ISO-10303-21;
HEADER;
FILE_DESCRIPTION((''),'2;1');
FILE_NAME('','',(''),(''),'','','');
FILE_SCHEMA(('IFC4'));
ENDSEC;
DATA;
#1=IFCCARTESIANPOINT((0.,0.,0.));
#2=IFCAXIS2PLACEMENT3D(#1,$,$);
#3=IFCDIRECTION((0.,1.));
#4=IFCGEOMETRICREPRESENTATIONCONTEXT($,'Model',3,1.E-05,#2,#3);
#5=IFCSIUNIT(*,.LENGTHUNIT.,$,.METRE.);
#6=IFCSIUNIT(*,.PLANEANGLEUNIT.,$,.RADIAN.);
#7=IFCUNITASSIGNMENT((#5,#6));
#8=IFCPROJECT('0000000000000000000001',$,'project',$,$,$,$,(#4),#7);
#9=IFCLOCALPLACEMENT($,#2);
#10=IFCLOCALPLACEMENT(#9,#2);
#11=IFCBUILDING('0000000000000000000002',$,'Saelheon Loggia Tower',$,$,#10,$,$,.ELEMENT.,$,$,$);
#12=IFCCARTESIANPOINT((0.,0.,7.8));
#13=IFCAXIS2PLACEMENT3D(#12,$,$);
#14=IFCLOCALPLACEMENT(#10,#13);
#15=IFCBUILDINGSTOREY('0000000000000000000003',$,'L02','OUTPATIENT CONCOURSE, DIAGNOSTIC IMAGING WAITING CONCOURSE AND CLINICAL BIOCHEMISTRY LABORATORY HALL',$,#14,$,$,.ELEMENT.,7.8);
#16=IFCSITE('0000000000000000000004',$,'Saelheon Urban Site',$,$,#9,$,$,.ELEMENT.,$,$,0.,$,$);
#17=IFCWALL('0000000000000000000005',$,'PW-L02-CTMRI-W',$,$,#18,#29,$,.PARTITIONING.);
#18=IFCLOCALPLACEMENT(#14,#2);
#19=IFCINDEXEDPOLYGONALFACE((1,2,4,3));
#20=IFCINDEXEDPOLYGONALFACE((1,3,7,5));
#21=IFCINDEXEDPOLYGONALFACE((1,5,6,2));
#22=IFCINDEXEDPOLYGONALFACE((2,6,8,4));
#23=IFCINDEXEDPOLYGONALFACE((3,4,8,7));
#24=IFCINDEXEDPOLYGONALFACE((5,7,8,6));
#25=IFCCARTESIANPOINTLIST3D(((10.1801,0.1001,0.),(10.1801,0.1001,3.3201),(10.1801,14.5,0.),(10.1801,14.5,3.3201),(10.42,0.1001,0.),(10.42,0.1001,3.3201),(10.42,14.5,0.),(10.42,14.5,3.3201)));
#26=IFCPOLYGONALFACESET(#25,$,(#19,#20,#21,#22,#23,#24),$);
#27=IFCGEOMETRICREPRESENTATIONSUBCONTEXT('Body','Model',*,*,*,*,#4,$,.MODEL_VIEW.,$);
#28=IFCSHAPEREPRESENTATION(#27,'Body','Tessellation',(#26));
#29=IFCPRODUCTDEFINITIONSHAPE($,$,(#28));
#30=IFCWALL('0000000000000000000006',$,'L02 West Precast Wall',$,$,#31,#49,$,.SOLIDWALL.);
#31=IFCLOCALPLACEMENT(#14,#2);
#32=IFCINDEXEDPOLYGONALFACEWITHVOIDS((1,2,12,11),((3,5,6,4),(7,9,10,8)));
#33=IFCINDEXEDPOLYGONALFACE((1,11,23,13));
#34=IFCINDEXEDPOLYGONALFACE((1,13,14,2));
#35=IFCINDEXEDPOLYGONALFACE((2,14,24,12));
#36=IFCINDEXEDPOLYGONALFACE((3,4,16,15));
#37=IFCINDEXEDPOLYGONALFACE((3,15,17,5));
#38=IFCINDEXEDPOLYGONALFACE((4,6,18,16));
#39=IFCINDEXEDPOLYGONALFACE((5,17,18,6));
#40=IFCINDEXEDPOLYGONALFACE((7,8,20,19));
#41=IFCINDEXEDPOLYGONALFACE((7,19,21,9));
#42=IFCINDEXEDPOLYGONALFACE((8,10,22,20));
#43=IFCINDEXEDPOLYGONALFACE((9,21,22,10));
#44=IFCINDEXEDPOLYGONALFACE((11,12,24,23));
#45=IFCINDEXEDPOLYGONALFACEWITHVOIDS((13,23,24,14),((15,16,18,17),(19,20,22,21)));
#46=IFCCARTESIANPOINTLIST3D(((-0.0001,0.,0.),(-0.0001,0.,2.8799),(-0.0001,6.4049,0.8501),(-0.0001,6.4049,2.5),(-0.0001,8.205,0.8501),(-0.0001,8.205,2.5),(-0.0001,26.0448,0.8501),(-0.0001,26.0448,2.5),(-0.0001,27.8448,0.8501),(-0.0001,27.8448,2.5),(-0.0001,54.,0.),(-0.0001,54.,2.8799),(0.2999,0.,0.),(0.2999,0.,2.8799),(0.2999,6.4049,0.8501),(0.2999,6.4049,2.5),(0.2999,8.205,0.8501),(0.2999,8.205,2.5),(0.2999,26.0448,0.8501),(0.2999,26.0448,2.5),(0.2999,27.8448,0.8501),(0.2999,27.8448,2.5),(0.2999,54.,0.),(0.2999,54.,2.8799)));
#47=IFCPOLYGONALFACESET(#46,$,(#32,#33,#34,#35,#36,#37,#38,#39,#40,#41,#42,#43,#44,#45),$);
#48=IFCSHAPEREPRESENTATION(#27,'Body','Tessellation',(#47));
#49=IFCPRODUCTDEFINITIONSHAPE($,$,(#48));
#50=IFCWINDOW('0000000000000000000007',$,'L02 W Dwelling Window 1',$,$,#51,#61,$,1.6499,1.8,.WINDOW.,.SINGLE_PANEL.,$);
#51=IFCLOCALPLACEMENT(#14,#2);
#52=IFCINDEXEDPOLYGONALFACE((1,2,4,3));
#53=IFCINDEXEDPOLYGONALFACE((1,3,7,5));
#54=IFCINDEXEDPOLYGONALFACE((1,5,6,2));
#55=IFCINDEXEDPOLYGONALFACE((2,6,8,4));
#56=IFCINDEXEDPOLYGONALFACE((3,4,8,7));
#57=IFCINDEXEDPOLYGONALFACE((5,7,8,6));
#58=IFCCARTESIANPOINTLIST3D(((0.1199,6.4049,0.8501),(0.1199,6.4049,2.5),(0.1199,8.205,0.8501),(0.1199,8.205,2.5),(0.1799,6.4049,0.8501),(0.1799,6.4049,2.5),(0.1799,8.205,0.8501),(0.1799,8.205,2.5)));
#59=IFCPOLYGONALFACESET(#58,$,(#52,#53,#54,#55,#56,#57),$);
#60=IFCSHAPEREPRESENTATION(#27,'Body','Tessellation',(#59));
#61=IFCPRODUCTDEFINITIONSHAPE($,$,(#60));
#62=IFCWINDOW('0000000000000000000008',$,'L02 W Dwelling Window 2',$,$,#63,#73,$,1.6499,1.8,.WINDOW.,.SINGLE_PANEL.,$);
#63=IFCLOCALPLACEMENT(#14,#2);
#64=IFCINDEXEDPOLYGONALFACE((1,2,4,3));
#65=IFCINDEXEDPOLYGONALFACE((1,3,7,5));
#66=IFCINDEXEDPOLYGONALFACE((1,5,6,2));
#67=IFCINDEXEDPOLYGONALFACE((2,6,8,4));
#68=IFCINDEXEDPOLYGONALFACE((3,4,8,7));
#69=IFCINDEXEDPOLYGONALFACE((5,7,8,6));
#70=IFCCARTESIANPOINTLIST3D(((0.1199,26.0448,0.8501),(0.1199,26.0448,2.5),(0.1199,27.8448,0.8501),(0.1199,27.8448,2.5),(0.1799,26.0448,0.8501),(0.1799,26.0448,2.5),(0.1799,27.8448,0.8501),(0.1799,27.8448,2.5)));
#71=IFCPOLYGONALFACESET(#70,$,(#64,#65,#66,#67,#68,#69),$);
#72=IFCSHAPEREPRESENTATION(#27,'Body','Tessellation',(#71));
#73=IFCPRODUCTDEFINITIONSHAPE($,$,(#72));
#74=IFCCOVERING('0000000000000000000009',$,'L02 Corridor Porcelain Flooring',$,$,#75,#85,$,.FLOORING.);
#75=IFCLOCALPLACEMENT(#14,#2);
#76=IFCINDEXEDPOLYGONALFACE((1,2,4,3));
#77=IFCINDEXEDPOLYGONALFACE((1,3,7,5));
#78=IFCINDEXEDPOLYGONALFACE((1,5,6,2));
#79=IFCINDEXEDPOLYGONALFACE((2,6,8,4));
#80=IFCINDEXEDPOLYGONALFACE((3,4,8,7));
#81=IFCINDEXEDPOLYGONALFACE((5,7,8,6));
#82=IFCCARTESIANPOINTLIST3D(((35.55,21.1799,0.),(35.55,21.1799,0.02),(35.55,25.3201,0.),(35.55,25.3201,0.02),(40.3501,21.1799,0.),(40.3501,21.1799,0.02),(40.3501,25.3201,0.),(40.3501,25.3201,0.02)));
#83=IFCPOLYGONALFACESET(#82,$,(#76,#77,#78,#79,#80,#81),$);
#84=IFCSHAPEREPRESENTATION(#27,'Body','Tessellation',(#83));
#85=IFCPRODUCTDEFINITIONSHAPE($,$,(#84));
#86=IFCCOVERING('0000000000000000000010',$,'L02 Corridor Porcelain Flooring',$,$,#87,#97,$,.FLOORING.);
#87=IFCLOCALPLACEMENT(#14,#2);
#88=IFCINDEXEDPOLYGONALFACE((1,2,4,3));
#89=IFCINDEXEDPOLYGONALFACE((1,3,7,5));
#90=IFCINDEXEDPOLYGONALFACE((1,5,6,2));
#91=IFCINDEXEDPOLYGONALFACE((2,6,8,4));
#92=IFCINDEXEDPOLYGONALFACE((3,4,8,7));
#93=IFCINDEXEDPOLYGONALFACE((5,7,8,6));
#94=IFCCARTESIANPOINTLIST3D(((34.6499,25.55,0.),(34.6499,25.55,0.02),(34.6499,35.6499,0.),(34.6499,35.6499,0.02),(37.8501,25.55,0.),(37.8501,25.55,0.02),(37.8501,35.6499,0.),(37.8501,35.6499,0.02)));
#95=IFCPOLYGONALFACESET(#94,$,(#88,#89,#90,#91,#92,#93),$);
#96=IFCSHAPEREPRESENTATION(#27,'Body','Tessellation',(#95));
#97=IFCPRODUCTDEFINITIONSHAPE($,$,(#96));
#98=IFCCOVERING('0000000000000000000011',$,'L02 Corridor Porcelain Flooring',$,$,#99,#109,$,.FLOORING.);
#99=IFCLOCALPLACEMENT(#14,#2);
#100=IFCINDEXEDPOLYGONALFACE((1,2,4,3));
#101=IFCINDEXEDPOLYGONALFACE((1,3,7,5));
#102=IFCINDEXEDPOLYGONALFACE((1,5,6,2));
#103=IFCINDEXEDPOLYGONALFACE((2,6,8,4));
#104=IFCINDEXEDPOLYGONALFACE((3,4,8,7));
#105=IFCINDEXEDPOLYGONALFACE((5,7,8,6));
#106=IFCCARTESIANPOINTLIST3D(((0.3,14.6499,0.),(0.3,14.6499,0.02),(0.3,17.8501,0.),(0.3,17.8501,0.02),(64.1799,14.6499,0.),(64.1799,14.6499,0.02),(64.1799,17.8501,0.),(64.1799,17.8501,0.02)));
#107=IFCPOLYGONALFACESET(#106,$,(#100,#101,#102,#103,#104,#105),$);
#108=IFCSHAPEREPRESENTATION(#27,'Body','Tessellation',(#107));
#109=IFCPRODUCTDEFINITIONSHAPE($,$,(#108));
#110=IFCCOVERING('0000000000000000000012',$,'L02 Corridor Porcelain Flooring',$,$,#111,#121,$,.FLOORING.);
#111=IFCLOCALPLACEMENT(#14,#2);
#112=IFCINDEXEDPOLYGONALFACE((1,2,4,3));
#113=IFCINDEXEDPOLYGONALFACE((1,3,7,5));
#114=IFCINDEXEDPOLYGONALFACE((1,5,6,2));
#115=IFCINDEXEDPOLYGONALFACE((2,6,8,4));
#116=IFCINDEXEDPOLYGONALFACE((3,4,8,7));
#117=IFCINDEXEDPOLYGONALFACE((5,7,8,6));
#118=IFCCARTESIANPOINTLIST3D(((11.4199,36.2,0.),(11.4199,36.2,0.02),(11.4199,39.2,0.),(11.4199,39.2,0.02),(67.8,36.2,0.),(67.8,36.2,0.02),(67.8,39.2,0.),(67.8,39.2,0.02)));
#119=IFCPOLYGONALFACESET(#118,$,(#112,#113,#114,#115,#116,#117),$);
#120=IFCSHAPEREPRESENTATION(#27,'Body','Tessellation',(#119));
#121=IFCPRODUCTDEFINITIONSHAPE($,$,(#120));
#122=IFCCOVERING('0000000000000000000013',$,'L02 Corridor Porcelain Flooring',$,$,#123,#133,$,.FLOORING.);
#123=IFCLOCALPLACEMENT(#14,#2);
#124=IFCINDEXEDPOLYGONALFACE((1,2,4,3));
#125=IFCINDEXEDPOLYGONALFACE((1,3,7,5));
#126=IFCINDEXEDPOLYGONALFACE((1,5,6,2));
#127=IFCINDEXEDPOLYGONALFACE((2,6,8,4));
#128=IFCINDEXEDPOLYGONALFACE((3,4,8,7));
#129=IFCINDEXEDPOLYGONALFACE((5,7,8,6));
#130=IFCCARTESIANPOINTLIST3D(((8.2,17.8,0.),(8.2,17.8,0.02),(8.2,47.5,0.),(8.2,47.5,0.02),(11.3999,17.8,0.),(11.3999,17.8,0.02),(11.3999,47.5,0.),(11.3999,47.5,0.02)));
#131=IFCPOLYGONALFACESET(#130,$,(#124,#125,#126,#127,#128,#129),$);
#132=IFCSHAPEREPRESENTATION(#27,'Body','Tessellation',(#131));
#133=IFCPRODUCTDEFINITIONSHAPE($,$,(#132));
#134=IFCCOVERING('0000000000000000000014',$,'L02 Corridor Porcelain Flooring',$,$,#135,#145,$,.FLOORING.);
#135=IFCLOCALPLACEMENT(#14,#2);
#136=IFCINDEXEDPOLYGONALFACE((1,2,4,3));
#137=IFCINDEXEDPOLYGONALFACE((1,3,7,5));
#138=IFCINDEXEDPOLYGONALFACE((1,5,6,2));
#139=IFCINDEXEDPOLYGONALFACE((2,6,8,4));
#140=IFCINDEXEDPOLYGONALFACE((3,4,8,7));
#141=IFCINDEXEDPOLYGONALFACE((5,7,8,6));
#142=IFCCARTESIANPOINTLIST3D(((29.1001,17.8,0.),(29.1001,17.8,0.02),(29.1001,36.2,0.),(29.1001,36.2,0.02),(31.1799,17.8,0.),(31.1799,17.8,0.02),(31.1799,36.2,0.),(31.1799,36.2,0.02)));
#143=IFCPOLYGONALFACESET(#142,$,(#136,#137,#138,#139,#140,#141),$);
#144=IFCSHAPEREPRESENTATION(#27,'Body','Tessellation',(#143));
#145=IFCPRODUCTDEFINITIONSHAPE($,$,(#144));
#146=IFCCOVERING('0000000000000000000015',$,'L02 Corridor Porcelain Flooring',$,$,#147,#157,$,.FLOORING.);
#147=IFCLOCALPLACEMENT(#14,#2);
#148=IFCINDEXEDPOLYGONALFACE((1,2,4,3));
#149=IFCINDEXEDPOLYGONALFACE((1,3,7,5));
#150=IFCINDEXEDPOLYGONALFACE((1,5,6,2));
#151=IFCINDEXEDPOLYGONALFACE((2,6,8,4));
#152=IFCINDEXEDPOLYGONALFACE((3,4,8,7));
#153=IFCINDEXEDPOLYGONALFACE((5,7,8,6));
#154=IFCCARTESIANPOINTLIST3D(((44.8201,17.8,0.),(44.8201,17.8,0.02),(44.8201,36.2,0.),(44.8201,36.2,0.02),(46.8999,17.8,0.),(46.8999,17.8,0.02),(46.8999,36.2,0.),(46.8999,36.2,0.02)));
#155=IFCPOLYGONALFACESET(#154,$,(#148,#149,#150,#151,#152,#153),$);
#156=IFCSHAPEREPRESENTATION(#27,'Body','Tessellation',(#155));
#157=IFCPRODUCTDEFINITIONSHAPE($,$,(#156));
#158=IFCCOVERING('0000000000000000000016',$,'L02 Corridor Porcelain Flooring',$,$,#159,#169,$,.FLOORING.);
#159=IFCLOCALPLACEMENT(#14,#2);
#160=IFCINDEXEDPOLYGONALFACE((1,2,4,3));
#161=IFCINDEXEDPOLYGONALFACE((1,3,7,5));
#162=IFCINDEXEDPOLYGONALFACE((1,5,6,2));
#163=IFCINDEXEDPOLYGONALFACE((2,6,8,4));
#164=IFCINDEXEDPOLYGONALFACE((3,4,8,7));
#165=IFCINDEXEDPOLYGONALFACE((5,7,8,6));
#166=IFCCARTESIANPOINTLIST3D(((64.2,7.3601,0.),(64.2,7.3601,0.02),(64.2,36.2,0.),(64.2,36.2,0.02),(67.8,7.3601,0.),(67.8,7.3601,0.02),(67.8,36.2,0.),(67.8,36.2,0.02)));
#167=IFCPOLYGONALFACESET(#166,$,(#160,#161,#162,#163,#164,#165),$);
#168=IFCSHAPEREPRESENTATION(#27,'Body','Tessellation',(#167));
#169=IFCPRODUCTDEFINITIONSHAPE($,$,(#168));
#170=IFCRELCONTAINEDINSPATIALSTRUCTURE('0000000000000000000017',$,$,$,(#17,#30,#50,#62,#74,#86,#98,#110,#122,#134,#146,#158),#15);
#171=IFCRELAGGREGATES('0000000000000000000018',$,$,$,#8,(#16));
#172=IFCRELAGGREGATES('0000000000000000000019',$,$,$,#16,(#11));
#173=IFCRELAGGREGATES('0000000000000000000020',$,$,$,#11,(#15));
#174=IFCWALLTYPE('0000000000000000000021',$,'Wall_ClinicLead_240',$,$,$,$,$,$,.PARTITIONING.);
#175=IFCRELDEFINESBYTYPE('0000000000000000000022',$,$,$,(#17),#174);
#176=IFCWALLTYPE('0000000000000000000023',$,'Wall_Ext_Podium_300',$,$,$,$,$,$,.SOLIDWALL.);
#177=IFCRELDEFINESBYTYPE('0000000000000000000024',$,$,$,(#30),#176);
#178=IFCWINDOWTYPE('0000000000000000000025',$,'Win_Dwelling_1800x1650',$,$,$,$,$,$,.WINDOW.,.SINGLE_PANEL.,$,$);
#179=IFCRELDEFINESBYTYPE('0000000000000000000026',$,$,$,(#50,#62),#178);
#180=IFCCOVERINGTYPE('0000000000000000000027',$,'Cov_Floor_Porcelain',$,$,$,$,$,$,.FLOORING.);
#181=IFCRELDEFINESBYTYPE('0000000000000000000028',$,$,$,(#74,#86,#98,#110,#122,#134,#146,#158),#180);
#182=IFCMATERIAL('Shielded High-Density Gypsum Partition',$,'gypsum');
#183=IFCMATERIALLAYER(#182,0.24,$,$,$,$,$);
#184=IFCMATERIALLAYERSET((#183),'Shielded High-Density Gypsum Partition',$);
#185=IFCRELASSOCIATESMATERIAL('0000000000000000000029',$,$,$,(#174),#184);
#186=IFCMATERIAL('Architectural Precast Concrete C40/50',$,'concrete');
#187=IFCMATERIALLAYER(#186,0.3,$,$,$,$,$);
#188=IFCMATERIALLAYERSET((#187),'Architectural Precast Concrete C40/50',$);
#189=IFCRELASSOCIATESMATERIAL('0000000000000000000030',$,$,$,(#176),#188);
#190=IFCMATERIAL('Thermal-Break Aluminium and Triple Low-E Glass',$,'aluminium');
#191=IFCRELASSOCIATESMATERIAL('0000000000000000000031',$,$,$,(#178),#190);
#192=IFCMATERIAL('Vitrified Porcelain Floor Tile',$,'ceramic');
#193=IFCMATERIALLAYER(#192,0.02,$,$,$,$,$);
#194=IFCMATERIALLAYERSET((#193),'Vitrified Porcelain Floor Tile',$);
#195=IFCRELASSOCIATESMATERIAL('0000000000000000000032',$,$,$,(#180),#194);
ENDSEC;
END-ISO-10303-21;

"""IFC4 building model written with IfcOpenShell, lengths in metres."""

from ifc_helpers import new_model, si_unit, direction, frame, frame_2d, origin, place, context, subcontext, project, spatial, polyline, rectangle, outline, extrude, source, transform, mapped, material, layer, layer_set, type_object, element, fill, save


model = new_model("IFC4")

# Units and contexts
model_context = context("Model", 3, precision=1e-05, world=origin(), true_north=direction((0.0, 1.0)))
body_context = subcontext(model_context, "Body", "Model", "MODEL_VIEW")
ifc_project = project(units=[si_unit("LENGTHUNIT", "METRE"), si_unit("PLANEANGLEUNIT", "RADIAN")], contexts=[model_context])

# Site, building, storey
site_placement = place(None, origin())
site = spatial("IfcSite", under=ifc_project, at=site_placement, Name="Saelheon Urban Site", CompositionType="ELEMENT", RefElevation=0.0)
building_placement = place(site_placement, origin())
building = spatial("IfcBuilding", under=site, at=building_placement, Name="Saelheon Loggia Tower", CompositionType="ELEMENT")
storey_placement = place(building_placement, frame((0.0, 0.0, 7.8)))
storey = spatial("IfcBuildingStorey", under=building, at=storey_placement, Name="L02", Description="OUTPATIENT CONCOURSE, DIAGNOSTIC IMAGING WAITING CONCOURSE AND CLINICAL BIOCHEMISTRY LABORATORY HALL", CompositionType="ELEMENT", Elevation=7.8)

# Wall
ifc_material_1 = material(Name="Shielded High-Density Gypsum Partition", Category="gypsum")
ifc_layer_1 = layer(ifc_material_1, 0.24)
ifc_layer_set_1 = layer_set([ifc_layer_1], Name="Shielded High-Density Gypsum Partition")
wall_type_1 = type_object("IfcWallType", Name="Wall_ClinicLead_240", PredefinedType="PARTITIONING", material=ifc_layer_set_1)
for number, where, z_axis, x_axis, name in (
    (1, (10.3, 0.1001, 0.0), (0.0, 0.0, 1.0), (0.0, 1.0, 0.0), "PW-L02-CTMRI-W"),
):
    element("IfcWall", number, at=place(storey_placement, frame(where, z_axis=z_axis, x_axis=x_axis)), inside=storey, type_object=wall_type_1, Name=name, PredefinedType="PARTITIONING", context=body_context, shape_type="SweptSolid", body=[
        extrude(rectangle(XDim=14.3999, YDim=0.24, at=frame_2d((7.2, 0.0))), origin(), (0.0, 0.0, 1.0), 3.3201),
    ])

# Wall, openings, windows
ifc_material_2 = material(Name="Architectural Precast Concrete C40/50", Category="concrete")
ifc_layer_2 = layer(ifc_material_2, 0.3)
ifc_layer_set_2 = layer_set([ifc_layer_2], Name="Architectural Precast Concrete C40/50")
wall_type_2 = type_object("IfcWallType", Name="Wall_Ext_Podium_300", PredefinedType="SOLIDWALL", material=ifc_layer_set_2)
wall_placement = place(storey_placement, frame((0.1499, 0.0, 0.0), z_axis=(0.0, 0.0, 1.0), x_axis=(0.0, 1.0, 0.0)))
wall = element("IfcWall", 2, at=wall_placement, inside=storey, type_object=wall_type_2, Name="L02 West Precast Wall", PredefinedType="SOLIDWALL", context=body_context, shape_type="SweptSolid", body=[
    extrude(rectangle(XDim=54.0, YDim=0.3, at=frame_2d((27.0, 0.0))), origin(), (0.0, 0.0, 1.0), 2.8799),
])
opening_1_placement = place(wall_placement, frame((6.405, 0.0, 0.8501)))
opening_1 = element("IfcOpeningElement", 3, at=opening_1_placement, cuts=wall, PredefinedType="OPENING", context=body_context, shape_type="SweptSolid", body=[
    extrude(rectangle(XDim=1.8, YDim=1.6499, at=frame_2d((0.8999, 0.825))), frame((0.0, 0.1621, 0.0), z_axis=(0.0, -1.0, 0.0), x_axis=(1.0, 0.0, 0.0)), (0.0, 0.0, 1.0), 0.324),
])
opening_2_placement = place(wall_placement, frame((26.0449, 0.0, 0.8501)))
opening_2 = element("IfcOpeningElement", 4, at=opening_2_placement, cuts=wall, PredefinedType="OPENING", context=body_context, shape_type="SweptSolid", body=[
    extrude(rectangle(XDim=1.8, YDim=1.6499, at=frame_2d((0.8999, 0.825))), frame((0.0, 0.1621, 0.0), z_axis=(0.0, -1.0, 0.0), x_axis=(1.0, 0.0, 0.0)), (0.0, 0.0, 1.0), 0.324),
])
ifc_material_3 = material(Name="Thermal-Break Aluminium and Triple Low-E Glass", Category="aluminium")
window_type = type_object("IfcWindowType", Name="Win_Dwelling_1800x1650", PartitioningType="SINGLE_PANEL", PredefinedType="WINDOW", material=ifc_material_3)
shared_shape_1 = source(origin(), body_context, "Body", "SweptSolid", [
    extrude(rectangle(XDim=1.8, YDim=1.6499, at=frame_2d((0.8999, 0.825))), frame((0.0, 0.03, 0.0), z_axis=(0.0, -1.0, 0.0), x_axis=(1.0, 0.0, 0.0)), (0.0, 0.0, 1.0), 0.0601),
])
window_1_placement = place(opening_1_placement, origin())
window_1 = element("IfcWindow", 5, at=window_1_placement, inside=storey, type_object=window_type, Name="L02 W Dwelling Window 1", OverallHeight=1.6499, OverallWidth=1.8, PartitioningType="SINGLE_PANEL", PredefinedType="WINDOW", context=body_context, shape_type="MappedRepresentation", body=[
    mapped(shared_shape_1, transform((0.0, 0.0, 0.0), scale=1.0)),
])
fill(opening_1, window_1)
window_2_placement = place(opening_2_placement, origin())
window_2 = element("IfcWindow", 6, at=window_2_placement, inside=storey, type_object=window_type, Name="L02 W Dwelling Window 2", OverallHeight=1.6499, OverallWidth=1.8, PartitioningType="SINGLE_PANEL", PredefinedType="WINDOW", context=body_context, shape_type="MappedRepresentation", body=[
    mapped(shared_shape_1, transform((0.0, 0.0, 0.0), scale=1.0)),
])
fill(opening_2, window_2)

# Coverings
ifc_material_4 = material(Name="Vitrified Porcelain Floor Tile", Category="ceramic")
ifc_layer_3 = layer(ifc_material_4, 0.02)
ifc_layer_set_3 = layer_set([ifc_layer_3], Name="Vitrified Porcelain Floor Tile")
covering_type = type_object("IfcCoveringType", Name="Cov_Floor_Porcelain", PredefinedType="FLOORING", material=ifc_layer_set_3)
covering_1_placement = place(storey_placement, origin())
element("IfcCovering", 7, at=covering_1_placement, inside=storey, type_object=covering_type, Name="L02 Corridor Porcelain Flooring", PredefinedType="FLOORING", context=body_context, shape_type="SweptSolid", body=[
    extrude(outline(polyline([(35.55, 21.1799), (40.3501, 21.1799), (40.3501, 25.3201), (35.55, 25.3201), (35.55, 21.1799)])), origin(), (0.0, 0.0, 1.0), 0.02),
])
covering_2_placement = place(storey_placement, origin())
element("IfcCovering", 8, at=covering_2_placement, inside=storey, type_object=covering_type, Name="L02 Corridor Porcelain Flooring", PredefinedType="FLOORING", context=body_context, shape_type="SweptSolid", body=[
    extrude(outline(polyline([(34.6499, 25.55), (37.8501, 25.55), (37.8501, 35.6499), (34.6499, 35.6499), (34.6499, 25.55)])), origin(), (0.0, 0.0, 1.0), 0.02),
])
covering_3_placement = place(storey_placement, origin())
element("IfcCovering", 9, at=covering_3_placement, inside=storey, type_object=covering_type, Name="L02 Corridor Porcelain Flooring", PredefinedType="FLOORING", context=body_context, shape_type="SweptSolid", body=[
    extrude(outline(polyline([(0.3, 14.6499), (64.1799, 14.6499), (64.1799, 17.8501), (0.3, 17.8501), (0.3, 14.6499)])), origin(), (0.0, 0.0, 1.0), 0.02),
])
covering_4_placement = place(storey_placement, origin())
element("IfcCovering", 10, at=covering_4_placement, inside=storey, type_object=covering_type, Name="L02 Corridor Porcelain Flooring", PredefinedType="FLOORING", context=body_context, shape_type="SweptSolid", body=[
    extrude(outline(polyline([(11.4199, 36.2), (67.8, 36.2), (67.8, 39.2), (11.4199, 39.2), (11.4199, 36.2)])), origin(), (0.0, 0.0, 1.0), 0.02),
])
covering_5_placement = place(storey_placement, origin())
element("IfcCovering", 11, at=covering_5_placement, inside=storey, type_object=covering_type, Name="L02 Corridor Porcelain Flooring", PredefinedType="FLOORING", context=body_context, shape_type="SweptSolid", body=[
    extrude(outline(polyline([(8.2, 17.8), (11.3999, 17.8), (11.3999, 47.5), (8.2, 47.5), (8.2, 17.8)])), origin(), (0.0, 0.0, 1.0), 0.02),
])
covering_6_placement = place(storey_placement, origin())
element("IfcCovering", 12, at=covering_6_placement, inside=storey, type_object=covering_type, Name="L02 Corridor Porcelain Flooring", PredefinedType="FLOORING", context=body_context, shape_type="SweptSolid", body=[
    extrude(outline(polyline([(29.1001, 17.8), (31.1799, 17.8), (31.1799, 36.2), (29.1001, 36.2), (29.1001, 17.8)])), origin(), (0.0, 0.0, 1.0), 0.02),
])
covering_7_placement = place(storey_placement, origin())
element("IfcCovering", 13, at=covering_7_placement, inside=storey, type_object=covering_type, Name="L02 Corridor Porcelain Flooring", PredefinedType="FLOORING", context=body_context, shape_type="SweptSolid", body=[
    extrude(outline(polyline([(44.8201, 17.8), (46.8999, 17.8), (46.8999, 36.2), (44.8201, 36.2), (44.8201, 17.8)])), origin(), (0.0, 0.0, 1.0), 0.02),
])
covering_8_placement = place(storey_placement, origin())
element("IfcCovering", 14, at=covering_8_placement, inside=storey, type_object=covering_type, Name="L02 Corridor Porcelain Flooring", PredefinedType="FLOORING", context=body_context, shape_type="SweptSolid", body=[
    extrude(outline(polyline([(64.2, 7.3601), (67.8, 7.3601), (67.8, 36.2), (64.2, 36.2), (64.2, 7.3601)])), origin(), (0.0, 0.0, 1.0), 0.02),
])

save(model, "model.ifc")
